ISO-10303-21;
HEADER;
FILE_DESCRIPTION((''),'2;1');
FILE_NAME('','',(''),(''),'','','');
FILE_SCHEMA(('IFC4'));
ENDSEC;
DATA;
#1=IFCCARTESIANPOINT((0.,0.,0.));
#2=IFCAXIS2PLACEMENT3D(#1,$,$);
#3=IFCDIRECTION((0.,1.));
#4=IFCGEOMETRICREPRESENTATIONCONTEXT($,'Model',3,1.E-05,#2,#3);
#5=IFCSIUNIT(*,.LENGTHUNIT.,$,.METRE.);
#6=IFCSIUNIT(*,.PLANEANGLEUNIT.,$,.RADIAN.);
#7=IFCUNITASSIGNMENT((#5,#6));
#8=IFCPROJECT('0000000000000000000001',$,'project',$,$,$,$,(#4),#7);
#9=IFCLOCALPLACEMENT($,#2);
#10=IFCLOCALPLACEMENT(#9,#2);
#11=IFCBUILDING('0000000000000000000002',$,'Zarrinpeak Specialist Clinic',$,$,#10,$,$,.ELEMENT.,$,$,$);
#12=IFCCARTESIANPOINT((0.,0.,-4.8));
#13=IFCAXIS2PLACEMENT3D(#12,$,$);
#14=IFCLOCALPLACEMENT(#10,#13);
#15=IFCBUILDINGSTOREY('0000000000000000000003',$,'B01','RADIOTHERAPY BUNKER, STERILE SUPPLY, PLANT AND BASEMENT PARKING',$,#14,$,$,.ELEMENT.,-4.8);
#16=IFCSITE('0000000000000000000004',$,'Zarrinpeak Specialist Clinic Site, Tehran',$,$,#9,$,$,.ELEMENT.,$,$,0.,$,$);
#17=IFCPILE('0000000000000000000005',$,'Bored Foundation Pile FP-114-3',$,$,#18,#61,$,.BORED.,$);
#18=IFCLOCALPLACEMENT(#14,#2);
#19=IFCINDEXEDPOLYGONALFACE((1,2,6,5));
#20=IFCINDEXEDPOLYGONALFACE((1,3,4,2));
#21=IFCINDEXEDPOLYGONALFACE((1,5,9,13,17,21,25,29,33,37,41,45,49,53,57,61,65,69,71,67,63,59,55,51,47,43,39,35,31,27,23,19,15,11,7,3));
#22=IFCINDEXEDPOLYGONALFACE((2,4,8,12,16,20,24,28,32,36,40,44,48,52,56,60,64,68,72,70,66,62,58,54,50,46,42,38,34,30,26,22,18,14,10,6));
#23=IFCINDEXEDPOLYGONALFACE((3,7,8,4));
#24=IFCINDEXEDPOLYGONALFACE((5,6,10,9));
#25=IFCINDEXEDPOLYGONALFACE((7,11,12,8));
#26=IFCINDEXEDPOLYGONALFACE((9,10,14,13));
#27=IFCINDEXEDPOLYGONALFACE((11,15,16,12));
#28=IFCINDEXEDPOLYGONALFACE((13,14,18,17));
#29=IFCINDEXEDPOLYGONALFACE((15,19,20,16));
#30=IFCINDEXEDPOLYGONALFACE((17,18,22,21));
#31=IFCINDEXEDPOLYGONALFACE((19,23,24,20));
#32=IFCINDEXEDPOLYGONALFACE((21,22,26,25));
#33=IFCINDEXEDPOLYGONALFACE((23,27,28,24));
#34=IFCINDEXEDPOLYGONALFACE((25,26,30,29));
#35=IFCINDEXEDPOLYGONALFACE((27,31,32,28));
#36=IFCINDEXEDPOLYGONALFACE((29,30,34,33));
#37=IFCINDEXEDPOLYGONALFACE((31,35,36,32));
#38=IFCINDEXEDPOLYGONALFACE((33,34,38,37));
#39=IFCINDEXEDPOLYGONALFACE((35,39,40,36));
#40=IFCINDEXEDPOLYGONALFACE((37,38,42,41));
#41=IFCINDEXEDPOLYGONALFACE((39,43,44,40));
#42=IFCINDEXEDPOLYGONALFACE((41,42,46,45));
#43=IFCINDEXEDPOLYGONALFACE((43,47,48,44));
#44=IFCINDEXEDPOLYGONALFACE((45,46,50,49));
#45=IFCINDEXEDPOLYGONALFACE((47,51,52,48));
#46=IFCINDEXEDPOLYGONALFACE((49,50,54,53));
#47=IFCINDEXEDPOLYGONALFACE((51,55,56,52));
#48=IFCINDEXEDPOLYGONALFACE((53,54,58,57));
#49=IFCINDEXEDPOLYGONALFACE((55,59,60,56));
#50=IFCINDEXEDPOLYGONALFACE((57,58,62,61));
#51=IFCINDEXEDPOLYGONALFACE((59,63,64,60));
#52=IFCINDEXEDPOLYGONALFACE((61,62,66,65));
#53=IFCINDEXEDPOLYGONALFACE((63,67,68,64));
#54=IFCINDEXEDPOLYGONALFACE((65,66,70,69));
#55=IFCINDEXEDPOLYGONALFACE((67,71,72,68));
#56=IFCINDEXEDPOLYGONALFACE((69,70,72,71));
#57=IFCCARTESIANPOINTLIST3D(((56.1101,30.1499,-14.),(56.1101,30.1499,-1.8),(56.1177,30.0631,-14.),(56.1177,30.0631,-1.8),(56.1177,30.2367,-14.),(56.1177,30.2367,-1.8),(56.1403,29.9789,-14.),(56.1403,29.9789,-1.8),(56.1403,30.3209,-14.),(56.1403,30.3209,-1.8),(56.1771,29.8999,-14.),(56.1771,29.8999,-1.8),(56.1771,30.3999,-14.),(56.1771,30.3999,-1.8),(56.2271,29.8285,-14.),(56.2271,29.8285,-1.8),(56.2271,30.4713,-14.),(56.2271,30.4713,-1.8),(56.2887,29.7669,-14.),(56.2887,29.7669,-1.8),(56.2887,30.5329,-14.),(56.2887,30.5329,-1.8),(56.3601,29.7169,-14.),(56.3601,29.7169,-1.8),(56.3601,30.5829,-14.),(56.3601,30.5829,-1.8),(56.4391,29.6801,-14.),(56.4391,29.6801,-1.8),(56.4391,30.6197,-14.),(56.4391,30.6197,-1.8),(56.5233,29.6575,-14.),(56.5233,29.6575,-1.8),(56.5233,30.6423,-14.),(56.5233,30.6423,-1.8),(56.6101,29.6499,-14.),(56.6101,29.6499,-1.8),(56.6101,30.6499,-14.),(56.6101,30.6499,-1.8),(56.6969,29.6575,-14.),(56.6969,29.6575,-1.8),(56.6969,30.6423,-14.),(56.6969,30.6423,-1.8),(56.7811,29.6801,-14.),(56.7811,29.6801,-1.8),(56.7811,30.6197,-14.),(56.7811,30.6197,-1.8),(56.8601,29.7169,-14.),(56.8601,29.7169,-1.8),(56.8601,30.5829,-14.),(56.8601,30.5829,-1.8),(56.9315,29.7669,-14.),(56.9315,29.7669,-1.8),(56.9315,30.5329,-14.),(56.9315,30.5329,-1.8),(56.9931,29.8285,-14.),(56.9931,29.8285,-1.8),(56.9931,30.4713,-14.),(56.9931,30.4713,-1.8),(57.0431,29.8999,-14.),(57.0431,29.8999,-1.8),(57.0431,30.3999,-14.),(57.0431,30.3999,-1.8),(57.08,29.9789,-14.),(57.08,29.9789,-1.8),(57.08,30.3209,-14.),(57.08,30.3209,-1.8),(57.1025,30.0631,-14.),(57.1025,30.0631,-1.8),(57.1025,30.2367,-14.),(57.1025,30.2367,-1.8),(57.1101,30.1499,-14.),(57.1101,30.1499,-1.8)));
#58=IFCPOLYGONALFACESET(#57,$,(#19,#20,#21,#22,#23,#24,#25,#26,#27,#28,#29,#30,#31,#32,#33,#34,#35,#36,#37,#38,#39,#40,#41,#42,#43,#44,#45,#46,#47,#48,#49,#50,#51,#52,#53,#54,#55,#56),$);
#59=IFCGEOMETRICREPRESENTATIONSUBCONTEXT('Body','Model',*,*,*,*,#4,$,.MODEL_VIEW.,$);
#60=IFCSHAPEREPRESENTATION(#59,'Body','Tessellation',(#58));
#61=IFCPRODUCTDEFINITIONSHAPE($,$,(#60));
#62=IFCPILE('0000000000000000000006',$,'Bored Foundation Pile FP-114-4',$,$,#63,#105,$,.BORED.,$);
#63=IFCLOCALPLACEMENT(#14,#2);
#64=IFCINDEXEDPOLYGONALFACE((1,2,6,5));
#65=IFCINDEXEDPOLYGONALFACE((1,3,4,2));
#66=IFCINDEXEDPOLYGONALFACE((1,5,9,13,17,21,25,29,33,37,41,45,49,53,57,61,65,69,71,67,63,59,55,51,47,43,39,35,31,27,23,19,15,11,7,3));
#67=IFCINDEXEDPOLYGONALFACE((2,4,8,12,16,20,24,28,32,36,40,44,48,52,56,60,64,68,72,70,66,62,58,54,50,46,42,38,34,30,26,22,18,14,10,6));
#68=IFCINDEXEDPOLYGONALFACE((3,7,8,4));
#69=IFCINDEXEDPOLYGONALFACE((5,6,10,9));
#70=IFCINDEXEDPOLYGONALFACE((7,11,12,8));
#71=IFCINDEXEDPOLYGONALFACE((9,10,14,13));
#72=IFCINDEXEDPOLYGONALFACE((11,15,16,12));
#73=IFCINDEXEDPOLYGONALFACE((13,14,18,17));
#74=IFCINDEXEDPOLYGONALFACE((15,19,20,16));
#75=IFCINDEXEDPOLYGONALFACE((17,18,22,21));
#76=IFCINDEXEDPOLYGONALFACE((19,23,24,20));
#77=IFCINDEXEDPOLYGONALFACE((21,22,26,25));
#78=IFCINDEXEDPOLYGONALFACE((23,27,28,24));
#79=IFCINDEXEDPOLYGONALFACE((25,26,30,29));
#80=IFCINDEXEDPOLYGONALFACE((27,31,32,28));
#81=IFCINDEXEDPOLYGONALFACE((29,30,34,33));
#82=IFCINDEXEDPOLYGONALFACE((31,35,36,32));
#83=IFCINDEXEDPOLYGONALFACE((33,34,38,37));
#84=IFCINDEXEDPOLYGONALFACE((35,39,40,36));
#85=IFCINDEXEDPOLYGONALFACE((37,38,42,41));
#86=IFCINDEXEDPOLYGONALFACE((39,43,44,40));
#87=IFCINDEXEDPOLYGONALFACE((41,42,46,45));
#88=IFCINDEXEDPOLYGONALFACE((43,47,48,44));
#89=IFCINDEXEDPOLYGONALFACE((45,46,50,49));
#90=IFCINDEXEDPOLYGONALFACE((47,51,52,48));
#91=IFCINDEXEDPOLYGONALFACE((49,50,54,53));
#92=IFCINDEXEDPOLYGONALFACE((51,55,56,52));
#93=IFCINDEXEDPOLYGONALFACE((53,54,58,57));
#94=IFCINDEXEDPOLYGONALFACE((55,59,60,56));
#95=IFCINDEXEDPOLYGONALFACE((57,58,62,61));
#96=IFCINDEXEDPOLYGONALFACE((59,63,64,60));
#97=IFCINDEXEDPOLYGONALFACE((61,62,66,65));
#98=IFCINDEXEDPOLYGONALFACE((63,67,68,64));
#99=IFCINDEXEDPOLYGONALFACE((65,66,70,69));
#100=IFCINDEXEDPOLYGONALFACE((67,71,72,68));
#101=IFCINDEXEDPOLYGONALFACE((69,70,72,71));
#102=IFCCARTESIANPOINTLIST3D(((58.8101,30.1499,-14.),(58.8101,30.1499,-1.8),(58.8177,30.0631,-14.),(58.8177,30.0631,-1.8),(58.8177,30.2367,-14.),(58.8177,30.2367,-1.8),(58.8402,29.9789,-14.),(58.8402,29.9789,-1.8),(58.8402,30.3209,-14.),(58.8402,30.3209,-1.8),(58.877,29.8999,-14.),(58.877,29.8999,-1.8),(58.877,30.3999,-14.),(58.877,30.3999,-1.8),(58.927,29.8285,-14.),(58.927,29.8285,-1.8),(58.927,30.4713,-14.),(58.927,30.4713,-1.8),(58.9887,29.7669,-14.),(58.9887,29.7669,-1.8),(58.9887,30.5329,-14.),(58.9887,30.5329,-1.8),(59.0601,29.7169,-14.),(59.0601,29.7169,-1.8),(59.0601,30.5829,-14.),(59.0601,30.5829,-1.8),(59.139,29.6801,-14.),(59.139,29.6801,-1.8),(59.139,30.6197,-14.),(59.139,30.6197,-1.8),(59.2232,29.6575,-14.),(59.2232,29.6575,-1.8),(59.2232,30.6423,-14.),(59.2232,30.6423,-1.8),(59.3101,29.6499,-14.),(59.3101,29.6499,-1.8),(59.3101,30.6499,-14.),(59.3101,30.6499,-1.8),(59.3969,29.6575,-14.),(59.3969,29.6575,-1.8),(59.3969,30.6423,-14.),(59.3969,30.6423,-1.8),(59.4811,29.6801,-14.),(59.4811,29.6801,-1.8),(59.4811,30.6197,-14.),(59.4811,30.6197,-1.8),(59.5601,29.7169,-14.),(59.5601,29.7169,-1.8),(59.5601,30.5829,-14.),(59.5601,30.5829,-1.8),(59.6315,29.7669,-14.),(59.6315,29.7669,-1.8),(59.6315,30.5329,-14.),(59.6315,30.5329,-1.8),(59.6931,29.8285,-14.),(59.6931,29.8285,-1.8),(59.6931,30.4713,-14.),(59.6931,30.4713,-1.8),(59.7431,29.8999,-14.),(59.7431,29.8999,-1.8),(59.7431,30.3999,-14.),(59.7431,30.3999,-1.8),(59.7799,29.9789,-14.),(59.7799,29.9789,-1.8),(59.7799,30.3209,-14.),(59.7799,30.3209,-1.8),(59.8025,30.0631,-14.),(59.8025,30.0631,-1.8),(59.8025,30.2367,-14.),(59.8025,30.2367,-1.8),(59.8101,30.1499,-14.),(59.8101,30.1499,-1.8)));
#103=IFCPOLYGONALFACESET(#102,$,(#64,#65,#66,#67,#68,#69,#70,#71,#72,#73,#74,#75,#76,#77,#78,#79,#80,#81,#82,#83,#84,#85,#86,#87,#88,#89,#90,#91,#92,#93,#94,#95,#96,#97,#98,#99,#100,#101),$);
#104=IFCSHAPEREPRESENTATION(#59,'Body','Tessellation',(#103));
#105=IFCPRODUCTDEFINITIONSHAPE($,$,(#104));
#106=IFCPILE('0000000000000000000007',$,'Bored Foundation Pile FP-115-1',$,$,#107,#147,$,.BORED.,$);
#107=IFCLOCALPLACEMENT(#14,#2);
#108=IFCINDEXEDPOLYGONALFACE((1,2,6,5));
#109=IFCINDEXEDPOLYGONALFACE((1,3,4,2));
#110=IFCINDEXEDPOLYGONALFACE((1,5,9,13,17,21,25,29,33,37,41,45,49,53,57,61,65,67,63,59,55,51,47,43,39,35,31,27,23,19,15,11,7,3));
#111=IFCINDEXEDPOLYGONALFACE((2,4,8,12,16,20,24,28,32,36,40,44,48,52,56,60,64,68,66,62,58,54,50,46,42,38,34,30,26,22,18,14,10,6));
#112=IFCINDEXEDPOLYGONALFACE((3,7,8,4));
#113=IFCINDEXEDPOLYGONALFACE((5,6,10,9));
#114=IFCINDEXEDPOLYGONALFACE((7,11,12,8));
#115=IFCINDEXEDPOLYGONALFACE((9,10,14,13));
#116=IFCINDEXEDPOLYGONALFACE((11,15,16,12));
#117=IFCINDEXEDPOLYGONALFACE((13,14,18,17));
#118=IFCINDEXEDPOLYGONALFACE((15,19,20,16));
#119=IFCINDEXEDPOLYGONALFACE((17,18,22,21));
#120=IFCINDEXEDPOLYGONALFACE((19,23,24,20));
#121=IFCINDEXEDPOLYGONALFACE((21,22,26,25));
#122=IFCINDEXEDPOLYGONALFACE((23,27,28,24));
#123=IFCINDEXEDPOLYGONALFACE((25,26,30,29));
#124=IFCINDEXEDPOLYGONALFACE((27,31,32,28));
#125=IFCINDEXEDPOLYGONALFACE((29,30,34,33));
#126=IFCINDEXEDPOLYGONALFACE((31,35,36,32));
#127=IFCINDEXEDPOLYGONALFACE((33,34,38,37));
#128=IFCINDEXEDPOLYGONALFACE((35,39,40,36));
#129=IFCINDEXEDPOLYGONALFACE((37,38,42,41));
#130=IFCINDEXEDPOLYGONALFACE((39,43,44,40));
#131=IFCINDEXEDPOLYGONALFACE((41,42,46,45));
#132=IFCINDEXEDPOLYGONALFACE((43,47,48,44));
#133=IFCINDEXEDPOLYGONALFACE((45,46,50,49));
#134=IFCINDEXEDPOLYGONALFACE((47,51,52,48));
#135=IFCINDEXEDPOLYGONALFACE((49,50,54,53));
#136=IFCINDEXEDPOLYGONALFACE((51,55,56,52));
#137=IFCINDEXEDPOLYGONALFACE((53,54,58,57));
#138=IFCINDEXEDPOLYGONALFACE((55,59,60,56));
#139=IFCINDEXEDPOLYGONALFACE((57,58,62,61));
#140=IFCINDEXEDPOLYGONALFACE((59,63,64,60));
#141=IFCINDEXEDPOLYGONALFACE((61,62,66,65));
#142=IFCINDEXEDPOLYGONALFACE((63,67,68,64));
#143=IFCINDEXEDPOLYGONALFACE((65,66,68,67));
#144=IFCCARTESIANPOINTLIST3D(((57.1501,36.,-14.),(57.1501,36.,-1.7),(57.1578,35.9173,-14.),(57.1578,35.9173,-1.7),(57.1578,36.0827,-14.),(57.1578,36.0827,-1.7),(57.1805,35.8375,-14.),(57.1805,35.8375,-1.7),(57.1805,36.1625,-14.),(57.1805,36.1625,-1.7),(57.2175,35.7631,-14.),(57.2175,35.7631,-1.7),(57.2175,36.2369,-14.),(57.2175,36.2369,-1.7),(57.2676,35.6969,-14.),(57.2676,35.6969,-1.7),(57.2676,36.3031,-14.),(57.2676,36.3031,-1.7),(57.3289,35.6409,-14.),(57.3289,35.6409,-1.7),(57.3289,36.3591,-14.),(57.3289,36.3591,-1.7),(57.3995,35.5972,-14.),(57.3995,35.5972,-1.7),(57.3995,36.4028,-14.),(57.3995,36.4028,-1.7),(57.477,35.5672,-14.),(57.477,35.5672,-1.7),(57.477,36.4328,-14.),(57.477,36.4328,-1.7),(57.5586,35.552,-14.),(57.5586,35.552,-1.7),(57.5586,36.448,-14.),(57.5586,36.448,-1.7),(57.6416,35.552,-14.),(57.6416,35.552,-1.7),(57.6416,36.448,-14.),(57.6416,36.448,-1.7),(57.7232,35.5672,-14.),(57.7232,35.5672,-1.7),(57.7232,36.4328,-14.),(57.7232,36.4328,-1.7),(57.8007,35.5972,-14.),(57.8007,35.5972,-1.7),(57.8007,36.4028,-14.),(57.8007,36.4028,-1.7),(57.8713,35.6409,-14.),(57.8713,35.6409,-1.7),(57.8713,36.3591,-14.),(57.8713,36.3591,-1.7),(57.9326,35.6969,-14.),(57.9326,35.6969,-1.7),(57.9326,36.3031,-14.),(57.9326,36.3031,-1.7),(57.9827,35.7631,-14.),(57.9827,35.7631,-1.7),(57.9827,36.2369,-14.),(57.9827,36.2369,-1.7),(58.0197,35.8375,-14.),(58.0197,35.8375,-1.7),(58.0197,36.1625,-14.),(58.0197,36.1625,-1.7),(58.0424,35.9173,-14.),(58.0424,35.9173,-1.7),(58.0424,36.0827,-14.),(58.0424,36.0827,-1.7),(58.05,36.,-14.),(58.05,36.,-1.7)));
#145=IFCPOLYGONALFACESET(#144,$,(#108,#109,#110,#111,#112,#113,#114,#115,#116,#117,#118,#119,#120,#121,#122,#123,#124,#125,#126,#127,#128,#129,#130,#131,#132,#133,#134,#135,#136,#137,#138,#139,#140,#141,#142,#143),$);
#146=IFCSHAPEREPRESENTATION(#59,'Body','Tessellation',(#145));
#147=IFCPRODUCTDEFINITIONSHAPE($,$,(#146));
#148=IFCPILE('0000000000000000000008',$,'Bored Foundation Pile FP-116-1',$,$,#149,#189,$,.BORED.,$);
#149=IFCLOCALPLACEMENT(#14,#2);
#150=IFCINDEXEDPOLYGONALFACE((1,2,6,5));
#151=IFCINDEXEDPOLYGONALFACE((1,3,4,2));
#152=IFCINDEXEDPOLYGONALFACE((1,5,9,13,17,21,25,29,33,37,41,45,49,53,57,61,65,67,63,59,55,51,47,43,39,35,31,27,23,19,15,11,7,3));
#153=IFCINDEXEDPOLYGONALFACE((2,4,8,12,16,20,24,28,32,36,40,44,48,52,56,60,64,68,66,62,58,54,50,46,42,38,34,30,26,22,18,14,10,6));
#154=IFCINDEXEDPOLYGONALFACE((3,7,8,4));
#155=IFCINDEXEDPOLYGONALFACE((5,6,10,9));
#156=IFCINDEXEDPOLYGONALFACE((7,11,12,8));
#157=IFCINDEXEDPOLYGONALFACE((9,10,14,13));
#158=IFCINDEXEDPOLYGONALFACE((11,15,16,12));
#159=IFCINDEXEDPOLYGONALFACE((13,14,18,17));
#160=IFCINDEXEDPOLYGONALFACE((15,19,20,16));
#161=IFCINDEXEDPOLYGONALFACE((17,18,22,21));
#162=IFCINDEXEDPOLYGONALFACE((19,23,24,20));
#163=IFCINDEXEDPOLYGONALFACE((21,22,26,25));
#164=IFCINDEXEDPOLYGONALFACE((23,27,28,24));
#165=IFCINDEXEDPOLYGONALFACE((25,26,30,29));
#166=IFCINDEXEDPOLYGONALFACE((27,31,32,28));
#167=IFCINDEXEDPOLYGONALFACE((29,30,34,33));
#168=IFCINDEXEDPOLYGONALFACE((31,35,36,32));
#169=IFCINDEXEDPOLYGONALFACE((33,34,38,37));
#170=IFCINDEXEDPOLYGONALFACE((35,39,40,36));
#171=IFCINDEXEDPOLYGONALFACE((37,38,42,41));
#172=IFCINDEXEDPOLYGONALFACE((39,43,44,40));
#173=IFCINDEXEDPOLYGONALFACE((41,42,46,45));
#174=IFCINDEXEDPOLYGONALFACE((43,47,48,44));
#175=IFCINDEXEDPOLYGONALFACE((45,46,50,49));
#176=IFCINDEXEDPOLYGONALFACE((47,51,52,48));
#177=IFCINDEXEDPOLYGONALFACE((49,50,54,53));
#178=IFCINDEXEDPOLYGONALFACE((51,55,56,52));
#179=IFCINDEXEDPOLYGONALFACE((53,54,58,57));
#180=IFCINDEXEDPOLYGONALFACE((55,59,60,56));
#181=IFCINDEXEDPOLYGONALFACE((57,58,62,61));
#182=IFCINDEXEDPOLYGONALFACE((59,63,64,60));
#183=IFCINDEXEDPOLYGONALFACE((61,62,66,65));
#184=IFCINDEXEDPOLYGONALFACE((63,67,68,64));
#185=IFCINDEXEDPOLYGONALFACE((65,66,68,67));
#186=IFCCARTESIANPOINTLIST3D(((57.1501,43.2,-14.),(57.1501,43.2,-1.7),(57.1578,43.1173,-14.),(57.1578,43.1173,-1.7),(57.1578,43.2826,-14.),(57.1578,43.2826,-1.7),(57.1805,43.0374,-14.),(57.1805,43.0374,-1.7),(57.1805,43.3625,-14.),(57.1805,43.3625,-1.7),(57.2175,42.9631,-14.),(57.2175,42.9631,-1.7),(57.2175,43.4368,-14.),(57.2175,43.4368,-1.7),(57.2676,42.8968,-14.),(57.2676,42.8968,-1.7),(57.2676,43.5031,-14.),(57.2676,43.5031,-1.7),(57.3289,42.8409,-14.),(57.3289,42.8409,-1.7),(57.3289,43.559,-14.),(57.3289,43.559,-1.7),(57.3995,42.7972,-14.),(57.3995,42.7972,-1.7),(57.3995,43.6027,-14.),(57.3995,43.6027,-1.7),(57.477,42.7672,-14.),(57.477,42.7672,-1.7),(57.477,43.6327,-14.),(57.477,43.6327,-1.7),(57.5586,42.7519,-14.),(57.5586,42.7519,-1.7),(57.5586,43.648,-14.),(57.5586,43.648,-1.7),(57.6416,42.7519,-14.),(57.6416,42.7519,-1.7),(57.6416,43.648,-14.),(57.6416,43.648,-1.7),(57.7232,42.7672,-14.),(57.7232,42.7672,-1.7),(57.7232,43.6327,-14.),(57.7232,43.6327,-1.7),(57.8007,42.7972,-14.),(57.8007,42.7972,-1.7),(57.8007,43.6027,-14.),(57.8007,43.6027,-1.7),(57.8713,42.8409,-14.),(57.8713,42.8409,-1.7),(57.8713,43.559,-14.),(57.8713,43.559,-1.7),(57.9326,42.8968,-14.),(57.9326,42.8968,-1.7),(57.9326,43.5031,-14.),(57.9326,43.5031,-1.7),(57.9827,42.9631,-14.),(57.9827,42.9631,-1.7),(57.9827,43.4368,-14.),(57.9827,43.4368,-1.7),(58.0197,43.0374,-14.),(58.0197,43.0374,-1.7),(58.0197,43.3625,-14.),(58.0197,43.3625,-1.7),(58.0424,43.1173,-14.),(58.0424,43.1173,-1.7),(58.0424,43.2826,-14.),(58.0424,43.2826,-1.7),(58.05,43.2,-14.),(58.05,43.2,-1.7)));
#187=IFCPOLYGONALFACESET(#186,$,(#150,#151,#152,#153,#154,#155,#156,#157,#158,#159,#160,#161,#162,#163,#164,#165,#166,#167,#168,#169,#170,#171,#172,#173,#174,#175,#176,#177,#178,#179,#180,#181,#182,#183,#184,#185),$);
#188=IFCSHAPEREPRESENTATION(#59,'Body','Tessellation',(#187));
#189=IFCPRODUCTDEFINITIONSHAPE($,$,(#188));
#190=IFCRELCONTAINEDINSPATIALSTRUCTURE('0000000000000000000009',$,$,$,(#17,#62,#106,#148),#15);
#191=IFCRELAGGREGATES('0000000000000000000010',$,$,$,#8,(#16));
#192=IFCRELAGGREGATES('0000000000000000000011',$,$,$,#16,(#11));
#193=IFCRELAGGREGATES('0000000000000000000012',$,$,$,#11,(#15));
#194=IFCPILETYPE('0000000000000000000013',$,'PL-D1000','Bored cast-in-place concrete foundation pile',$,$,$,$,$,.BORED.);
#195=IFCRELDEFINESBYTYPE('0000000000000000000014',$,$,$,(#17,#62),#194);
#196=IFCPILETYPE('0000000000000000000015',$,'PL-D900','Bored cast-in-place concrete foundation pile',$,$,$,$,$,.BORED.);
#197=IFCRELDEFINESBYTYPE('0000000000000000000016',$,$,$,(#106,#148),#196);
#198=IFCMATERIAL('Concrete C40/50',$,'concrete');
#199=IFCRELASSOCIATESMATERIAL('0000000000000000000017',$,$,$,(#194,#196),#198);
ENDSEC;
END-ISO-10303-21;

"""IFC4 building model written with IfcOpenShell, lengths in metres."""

from ifc_helpers import new_model, si_unit, direction, frame, origin, origin_2d, place, context, subcontext, project, spatial, circle, extrude, material, material_profile, profile_set, type_object, element, save


model = new_model("IFC4")

# Units and contexts
model_context = context("Model", 3, precision=1e-05, world=origin(), true_north=direction((0.0, 1.0)))
body_context = subcontext(model_context, "Body", "Model", "MODEL_VIEW")
ifc_project = project(units=[si_unit("LENGTHUNIT", "METRE"), si_unit("PLANEANGLEUNIT", "RADIAN")], contexts=[model_context])

# Site, building, storey
site_placement = place(None, origin())
site = spatial("IfcSite", under=ifc_project, at=site_placement, Name="Zarrinpeak Specialist Clinic Site, Tehran", CompositionType="ELEMENT", RefElevation=0.0)
building_placement = place(site_placement, origin())
building = spatial("IfcBuilding", under=site, at=building_placement, Name="Zarrinpeak Specialist Clinic", CompositionType="ELEMENT")
storey_placement = place(building_placement, frame((0.0, 0.0, -4.8)))
storey = spatial("IfcBuildingStorey", under=building, at=storey_placement, Name="B01", Description="RADIOTHERAPY BUNKER, STERILE SUPPLY, PLANT AND BASEMENT PARKING", CompositionType="ELEMENT", Elevation=-4.8)

# Shared definitions
ifc_material_1 = material(Name="Concrete C40/50", Category="concrete")

# Piles
ifc_material_profile_1 = material_profile(ifc_material_1, circle(Radius=0.5, at=origin_2d()), Name="BORED PILE D1000")
ifc_profile_set_1 = profile_set([ifc_material_profile_1], Name="Concrete C40/50")
pile_type_1 = type_object("IfcPileType", Name="PL-D1000", Description="Bored cast-in-place concrete foundation pile", PredefinedType="BORED", material=ifc_profile_set_1)
for number, where, z_axis, x_axis, name in (
    (1, (56.6101, 30.1499, -1.8), (0.0, 0.0, -1.0), (1.0, 0.0, 0.0), "Bored Foundation Pile FP-114-3"),
    (2, (59.3101, 30.1499, -1.8), (0.0, 0.0, -1.0), (1.0, 0.0, 0.0), "Bored Foundation Pile FP-114-4"),
):
    element("IfcPile", number, at=place(storey_placement, frame(where, z_axis=z_axis, x_axis=x_axis)), inside=storey, type_object=pile_type_1, Name=name, PredefinedType="BORED", context=body_context, shape_type="SweptSolid", body=[
        extrude(circle(Radius=0.5, at=origin_2d()), origin(), (0.0, 0.0, 1.0), 12.2),
    ])
ifc_material_profile_2 = material_profile(ifc_material_1, circle(Radius=0.45, at=origin_2d()), Name="BORED PILE D900")
ifc_profile_set_2 = profile_set([ifc_material_profile_2], Name="Concrete C40/50")
pile_type_2 = type_object("IfcPileType", Name="PL-D900", Description="Bored cast-in-place concrete foundation pile", PredefinedType="BORED", material=ifc_profile_set_2)
for number, where, z_axis, x_axis, name in (
    (3, (57.6001, 36.0, -1.7), (0.0, 0.0, -1.0), (1.0, 0.0, 0.0), "Bored Foundation Pile FP-115-1"),
    (4, (57.6001, 43.2, -1.7), (0.0, 0.0, -1.0), (1.0, 0.0, 0.0), "Bored Foundation Pile FP-116-1"),
):
    element("IfcPile", number, at=place(storey_placement, frame(where, z_axis=z_axis, x_axis=x_axis)), inside=storey, type_object=pile_type_2, Name=name, PredefinedType="BORED", context=body_context, shape_type="SweptSolid", body=[
        extrude(circle(Radius=0.45, at=origin_2d()), origin(), (0.0, 0.0, 1.0), 12.3),
    ])

save(model, "model.ifc")
